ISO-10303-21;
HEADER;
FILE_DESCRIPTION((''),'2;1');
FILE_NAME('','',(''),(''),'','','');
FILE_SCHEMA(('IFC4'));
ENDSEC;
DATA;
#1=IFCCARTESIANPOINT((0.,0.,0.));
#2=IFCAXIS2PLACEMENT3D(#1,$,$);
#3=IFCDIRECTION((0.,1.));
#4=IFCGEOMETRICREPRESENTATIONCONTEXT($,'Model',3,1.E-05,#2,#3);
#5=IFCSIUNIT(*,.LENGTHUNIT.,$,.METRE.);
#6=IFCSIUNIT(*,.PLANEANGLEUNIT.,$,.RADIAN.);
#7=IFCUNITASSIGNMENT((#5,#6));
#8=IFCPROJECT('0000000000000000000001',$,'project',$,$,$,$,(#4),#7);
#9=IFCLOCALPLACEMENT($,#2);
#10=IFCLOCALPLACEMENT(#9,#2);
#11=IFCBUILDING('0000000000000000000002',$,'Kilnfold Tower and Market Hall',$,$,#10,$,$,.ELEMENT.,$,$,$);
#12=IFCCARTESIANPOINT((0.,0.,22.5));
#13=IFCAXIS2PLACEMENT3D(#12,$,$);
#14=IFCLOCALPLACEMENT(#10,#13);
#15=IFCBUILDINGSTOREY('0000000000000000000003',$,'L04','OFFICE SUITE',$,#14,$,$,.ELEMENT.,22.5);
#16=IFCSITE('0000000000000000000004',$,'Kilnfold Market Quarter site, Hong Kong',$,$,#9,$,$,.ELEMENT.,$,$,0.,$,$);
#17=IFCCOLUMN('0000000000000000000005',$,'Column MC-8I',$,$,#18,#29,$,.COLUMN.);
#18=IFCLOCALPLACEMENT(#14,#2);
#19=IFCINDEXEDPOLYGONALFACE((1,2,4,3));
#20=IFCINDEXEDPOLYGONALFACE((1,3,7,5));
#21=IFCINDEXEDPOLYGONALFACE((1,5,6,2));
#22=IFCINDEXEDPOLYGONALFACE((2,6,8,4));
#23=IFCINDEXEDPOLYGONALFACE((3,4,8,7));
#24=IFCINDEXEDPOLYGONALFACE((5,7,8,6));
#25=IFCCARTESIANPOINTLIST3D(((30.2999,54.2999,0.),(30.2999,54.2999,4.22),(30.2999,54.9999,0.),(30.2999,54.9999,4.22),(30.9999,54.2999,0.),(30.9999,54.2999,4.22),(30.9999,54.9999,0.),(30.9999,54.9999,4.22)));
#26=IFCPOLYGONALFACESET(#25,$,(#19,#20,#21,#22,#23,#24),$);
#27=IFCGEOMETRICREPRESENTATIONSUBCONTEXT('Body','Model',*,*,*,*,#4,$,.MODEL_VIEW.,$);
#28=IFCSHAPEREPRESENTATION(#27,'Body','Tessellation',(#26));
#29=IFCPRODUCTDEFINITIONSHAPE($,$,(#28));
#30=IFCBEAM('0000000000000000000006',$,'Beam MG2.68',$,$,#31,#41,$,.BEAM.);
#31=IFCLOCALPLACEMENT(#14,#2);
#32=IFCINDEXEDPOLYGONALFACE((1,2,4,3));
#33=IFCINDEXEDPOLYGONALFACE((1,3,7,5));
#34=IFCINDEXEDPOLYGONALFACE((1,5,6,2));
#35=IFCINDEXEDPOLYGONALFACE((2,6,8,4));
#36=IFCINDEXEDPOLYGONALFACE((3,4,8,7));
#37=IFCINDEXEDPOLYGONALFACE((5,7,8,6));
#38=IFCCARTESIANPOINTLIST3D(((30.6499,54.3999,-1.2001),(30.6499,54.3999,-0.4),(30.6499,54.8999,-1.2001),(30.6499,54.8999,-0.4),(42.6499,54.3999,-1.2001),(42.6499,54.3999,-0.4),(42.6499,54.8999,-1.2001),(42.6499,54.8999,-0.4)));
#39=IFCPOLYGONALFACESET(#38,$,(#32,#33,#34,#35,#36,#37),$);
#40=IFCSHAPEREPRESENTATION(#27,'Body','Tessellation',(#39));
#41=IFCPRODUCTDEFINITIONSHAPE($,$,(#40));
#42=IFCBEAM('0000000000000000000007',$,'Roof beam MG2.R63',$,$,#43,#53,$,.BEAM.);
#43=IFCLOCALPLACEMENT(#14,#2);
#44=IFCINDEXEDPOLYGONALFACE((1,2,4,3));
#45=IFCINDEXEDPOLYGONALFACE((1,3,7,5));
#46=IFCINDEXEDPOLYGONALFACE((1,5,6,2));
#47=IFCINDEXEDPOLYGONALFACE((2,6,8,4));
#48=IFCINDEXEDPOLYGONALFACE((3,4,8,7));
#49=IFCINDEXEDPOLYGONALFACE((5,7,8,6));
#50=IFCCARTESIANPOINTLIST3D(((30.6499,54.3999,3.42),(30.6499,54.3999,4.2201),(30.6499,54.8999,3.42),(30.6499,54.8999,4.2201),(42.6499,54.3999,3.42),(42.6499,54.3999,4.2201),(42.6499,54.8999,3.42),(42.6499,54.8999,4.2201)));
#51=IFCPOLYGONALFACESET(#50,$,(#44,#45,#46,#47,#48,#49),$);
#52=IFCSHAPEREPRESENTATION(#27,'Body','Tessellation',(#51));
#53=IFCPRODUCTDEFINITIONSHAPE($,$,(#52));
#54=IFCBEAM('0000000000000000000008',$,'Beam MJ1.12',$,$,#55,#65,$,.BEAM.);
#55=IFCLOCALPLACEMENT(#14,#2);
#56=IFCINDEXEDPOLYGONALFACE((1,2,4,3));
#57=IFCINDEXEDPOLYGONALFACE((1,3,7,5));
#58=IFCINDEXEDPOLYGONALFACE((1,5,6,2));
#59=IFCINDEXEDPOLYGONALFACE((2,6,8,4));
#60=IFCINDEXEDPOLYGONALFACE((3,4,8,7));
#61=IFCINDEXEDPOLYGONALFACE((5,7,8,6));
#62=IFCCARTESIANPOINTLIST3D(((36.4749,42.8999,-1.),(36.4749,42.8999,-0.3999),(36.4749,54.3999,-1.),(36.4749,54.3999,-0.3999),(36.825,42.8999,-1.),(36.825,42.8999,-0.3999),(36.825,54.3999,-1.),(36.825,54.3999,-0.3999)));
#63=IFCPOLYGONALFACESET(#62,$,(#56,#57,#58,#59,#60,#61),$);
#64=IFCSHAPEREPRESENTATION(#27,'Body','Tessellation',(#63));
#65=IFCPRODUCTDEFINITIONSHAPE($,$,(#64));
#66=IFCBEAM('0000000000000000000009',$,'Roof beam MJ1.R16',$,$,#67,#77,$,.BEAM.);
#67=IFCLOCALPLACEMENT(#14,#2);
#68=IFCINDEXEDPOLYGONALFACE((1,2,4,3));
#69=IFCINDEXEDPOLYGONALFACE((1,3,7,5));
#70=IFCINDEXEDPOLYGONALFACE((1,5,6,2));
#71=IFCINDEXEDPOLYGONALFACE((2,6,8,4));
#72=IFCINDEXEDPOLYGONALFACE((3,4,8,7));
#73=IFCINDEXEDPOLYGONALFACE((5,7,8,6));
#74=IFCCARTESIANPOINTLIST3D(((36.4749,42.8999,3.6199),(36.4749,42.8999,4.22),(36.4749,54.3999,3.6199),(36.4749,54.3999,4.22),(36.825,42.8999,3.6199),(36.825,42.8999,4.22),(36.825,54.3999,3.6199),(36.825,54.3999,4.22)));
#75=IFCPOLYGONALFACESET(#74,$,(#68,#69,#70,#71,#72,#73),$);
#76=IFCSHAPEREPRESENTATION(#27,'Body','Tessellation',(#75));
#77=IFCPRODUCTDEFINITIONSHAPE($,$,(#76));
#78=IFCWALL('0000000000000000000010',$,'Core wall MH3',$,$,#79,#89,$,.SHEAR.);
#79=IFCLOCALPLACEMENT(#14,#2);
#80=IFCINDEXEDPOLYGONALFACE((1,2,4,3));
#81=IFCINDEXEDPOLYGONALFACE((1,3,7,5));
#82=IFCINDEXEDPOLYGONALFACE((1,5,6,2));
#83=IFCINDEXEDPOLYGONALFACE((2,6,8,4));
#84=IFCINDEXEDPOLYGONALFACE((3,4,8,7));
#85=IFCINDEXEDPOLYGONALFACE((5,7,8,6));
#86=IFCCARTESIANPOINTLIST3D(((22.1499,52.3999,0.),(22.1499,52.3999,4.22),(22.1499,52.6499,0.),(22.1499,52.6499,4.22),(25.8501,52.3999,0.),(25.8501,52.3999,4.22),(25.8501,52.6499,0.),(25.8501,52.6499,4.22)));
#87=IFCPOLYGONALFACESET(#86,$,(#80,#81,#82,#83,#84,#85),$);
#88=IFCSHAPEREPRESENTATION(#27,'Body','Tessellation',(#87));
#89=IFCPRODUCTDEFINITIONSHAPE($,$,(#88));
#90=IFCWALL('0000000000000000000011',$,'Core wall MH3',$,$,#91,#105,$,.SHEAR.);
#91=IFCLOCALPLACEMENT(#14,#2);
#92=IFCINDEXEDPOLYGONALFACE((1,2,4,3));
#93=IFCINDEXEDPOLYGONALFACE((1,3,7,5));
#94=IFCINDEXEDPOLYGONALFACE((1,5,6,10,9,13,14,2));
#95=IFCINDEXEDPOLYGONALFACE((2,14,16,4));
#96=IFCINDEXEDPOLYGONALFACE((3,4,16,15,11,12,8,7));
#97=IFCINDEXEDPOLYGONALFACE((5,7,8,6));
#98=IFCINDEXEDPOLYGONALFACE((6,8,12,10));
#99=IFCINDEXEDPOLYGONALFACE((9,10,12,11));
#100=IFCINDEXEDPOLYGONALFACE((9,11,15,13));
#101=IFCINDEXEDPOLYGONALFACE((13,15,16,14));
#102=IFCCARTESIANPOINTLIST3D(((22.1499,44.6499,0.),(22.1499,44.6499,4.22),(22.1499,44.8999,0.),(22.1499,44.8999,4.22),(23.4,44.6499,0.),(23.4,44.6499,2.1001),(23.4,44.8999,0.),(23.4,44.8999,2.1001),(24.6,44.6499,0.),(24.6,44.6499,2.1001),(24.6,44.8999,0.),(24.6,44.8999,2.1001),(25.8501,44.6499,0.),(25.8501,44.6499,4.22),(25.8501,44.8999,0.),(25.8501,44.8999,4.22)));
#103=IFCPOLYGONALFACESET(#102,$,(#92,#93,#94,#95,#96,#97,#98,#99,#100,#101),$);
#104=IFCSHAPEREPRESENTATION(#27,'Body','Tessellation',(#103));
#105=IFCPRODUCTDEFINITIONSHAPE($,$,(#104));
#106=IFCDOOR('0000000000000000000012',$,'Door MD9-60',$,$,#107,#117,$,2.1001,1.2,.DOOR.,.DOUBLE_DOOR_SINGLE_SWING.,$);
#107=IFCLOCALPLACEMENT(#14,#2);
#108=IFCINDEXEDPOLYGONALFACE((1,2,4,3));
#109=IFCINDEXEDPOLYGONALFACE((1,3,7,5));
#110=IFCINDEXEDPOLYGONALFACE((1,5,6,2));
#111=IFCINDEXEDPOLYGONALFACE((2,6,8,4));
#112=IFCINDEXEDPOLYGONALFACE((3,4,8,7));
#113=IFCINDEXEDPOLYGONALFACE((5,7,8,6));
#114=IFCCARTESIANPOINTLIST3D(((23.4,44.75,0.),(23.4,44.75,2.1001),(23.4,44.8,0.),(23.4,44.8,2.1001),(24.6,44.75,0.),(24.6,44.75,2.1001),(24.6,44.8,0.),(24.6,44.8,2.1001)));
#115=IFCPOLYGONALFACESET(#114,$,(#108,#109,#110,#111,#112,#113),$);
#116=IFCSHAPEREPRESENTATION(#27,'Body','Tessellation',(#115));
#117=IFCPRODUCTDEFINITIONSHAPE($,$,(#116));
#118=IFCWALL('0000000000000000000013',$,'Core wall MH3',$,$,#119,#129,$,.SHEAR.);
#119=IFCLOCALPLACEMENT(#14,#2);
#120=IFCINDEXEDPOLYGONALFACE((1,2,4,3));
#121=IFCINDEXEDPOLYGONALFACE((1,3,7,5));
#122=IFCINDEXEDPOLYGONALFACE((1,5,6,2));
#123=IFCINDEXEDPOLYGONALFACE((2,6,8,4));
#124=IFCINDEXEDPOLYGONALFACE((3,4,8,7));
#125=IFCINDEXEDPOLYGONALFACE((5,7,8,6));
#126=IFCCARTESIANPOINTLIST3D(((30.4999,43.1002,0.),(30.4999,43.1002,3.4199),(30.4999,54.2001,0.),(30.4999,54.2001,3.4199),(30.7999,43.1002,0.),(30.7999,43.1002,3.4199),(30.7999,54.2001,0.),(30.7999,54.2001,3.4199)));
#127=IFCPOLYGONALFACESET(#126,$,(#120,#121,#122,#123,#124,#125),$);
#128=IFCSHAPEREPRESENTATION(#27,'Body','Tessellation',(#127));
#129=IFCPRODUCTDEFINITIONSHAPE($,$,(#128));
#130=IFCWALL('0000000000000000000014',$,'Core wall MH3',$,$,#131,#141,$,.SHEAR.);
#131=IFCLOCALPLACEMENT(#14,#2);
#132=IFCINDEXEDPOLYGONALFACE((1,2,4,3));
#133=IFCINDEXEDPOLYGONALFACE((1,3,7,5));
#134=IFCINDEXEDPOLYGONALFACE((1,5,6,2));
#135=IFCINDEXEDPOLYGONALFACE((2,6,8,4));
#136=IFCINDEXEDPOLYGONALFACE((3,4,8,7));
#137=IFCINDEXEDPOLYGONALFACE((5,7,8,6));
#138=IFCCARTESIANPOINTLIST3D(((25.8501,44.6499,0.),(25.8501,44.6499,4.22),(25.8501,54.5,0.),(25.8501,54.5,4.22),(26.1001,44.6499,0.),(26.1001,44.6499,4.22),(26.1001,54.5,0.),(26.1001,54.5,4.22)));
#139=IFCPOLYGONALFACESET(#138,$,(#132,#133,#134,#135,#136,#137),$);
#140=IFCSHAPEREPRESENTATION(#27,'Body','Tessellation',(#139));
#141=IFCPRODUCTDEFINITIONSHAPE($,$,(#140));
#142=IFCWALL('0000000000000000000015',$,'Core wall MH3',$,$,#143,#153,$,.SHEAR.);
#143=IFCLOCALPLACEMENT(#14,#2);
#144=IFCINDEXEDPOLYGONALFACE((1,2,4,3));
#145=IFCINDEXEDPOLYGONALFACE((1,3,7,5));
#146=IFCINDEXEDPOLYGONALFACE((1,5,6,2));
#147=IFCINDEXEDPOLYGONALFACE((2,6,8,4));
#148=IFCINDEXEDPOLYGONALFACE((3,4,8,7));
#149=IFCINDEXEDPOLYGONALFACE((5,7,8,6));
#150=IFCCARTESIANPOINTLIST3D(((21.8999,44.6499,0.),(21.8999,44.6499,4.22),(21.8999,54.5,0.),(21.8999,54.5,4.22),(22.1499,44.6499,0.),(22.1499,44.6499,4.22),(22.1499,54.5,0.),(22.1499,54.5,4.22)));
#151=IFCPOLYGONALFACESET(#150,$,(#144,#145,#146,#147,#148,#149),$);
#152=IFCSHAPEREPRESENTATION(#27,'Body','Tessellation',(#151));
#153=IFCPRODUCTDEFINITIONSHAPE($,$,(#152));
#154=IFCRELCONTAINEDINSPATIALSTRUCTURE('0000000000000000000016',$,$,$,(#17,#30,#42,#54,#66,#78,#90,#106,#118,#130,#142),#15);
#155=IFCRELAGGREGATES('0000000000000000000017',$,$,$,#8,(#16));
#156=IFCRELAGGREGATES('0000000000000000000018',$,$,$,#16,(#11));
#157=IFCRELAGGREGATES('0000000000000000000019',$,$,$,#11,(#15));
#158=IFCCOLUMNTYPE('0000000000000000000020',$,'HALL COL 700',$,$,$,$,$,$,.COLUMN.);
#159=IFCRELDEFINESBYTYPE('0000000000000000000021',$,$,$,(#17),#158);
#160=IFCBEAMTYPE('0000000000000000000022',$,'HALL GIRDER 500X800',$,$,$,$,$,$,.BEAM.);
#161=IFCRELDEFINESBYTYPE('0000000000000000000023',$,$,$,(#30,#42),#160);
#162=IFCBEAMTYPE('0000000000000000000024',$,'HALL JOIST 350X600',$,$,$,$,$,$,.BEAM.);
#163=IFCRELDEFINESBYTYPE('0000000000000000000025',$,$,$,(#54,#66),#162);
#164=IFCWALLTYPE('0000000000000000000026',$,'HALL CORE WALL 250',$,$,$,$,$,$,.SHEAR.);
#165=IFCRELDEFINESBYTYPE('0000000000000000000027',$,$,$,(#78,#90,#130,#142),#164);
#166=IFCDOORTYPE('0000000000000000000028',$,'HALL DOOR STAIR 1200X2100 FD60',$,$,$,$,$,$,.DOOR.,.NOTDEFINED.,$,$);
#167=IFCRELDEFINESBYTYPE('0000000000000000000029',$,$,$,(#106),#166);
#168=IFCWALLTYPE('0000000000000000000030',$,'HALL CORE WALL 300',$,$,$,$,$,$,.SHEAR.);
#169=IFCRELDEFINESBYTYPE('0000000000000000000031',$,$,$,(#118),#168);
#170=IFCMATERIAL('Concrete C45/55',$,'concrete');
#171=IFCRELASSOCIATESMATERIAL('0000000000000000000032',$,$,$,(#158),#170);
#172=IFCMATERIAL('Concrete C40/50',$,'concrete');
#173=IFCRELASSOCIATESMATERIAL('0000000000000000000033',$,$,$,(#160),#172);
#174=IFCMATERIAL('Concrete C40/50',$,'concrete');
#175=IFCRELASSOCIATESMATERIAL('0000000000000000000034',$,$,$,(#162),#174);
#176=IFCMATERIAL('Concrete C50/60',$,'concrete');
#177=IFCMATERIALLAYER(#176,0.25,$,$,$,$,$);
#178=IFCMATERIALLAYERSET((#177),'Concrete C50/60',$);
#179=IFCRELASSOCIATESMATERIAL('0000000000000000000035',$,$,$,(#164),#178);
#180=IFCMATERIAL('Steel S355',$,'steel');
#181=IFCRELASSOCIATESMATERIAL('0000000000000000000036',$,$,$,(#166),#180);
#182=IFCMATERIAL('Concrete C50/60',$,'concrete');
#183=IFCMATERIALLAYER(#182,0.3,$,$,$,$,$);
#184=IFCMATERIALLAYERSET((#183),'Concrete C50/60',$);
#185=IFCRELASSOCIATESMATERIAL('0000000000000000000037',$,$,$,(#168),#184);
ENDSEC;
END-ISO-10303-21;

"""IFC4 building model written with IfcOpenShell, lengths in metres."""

from ifc_helpers import new_model, si_unit, direction, frame, frame_2d, origin, origin_2d, place, context, subcontext, project, spatial, rectangle, extrude, source, transform, mapped, material, layer, layer_set, material_profile, profile_set, type_object, element, fill, save


model = new_model("IFC4")

# Units and contexts
model_context = context("Model", 3, precision=1e-05, world=origin(), true_north=direction((0.0, 1.0)))
body_context = subcontext(model_context, "Body", "Model", "MODEL_VIEW")
ifc_project = project(units=[si_unit("LENGTHUNIT", "METRE"), si_unit("PLANEANGLEUNIT", "RADIAN")], contexts=[model_context])

# Site, building, storey
site_placement = place(None, origin())
site = spatial("IfcSite", under=ifc_project, at=site_placement, Name="Kilnfold Market Quarter site, Hong Kong", CompositionType="ELEMENT", RefElevation=0.0)
building_placement = place(site_placement, origin())
building = spatial("IfcBuilding", under=site, at=building_placement, Name="Kilnfold Tower and Market Hall", CompositionType="ELEMENT")
storey_placement = place(building_placement, frame((0.0, 0.0, 22.5)))
storey = spatial("IfcBuildingStorey", under=building, at=storey_placement, Name="L04", Description="OFFICE SUITE", CompositionType="ELEMENT", Elevation=22.5)

# Column
ifc_material_1 = material(Name="Concrete C45/55", Category="concrete")
ifc_material_profile_1 = material_profile(ifc_material_1, rectangle(XDim=0.7, YDim=0.7, at=origin_2d()), Name="RC 700x700")
ifc_profile_set_1 = profile_set([ifc_material_profile_1], Name="Concrete C45/55")
column_type = type_object("IfcColumnType", Name="HALL COL 700", PredefinedType="COLUMN", material=ifc_profile_set_1)
shared_shape_1 = source(origin(), body_context, "Body", "SweptSolid", [
    extrude(rectangle(XDim=0.7, YDim=0.7, at=origin_2d()), origin(), (0.0, 0.0, 1.0), 4.22),
])
column_placement = place(storey_placement, frame((30.6499, 54.6499, 0.0), z_axis=(0.0, 0.0, 1.0), x_axis=(1.0, 0.0, 0.0)))
element("IfcColumn", 1, at=column_placement, inside=storey, type_object=column_type, Name="Column MC-8I", PredefinedType="COLUMN", context=body_context, shape_type="MappedRepresentation", body=[
    mapped(shared_shape_1, transform((0.0, 0.0, 0.0))),
])

# Beams
ifc_material_2 = material(Name="Concrete C40/50", Category="concrete")
ifc_material_profile_2 = material_profile(ifc_material_2, rectangle(XDim=0.5, YDim=0.8, at=origin_2d()), Name="RC 500x800")
ifc_profile_set_2 = profile_set([ifc_material_profile_2], Name="Concrete C40/50")
beam_type_1 = type_object("IfcBeamType", Name="HALL GIRDER 500X800", PredefinedType="BEAM", material=ifc_profile_set_2)
for number, where, z_axis, x_axis, name in (
    (2, (30.6499, 54.6499, -0.8), (1.0, 0.0, 0.0), (0.0, 1.0, 0.0), "Beam MG2.68"),
    (3, (30.6499, 54.6499, 3.8201), (1.0, 0.0, 0.0), (0.0, 1.0, 0.0), "Roof beam MG2.R63"),
):
    element("IfcBeam", number, at=place(storey_placement, frame(where, z_axis=z_axis, x_axis=x_axis)), inside=storey, type_object=beam_type_1, Name=name, PredefinedType="BEAM", context=body_context, shape_type="SweptSolid", body=[
        extrude(rectangle(XDim=0.5, YDim=0.8, at=origin_2d()), origin(), (0.0, 0.0, 1.0), 12.0),
    ])
ifc_material_3 = material(Name="Concrete C40/50", Category="concrete")
ifc_material_profile_3 = material_profile(ifc_material_3, rectangle(XDim=0.3501, YDim=0.6001, at=origin_2d()), Name="RC 350x600")
ifc_profile_set_3 = profile_set([ifc_material_profile_3], Name="Concrete C40/50")
beam_type_2 = type_object("IfcBeamType", Name="HALL JOIST 350X600", PredefinedType="BEAM", material=ifc_profile_set_3)
for number, where, z_axis, x_axis, name in (
    (4, (36.6499, 42.8999, -0.7), (0.0, 1.0, 0.0), (-1.0, 0.0, 0.0), "Beam MJ1.12"),
    (5, (36.6499, 42.8999, 3.9199), (0.0, 1.0, 0.0), (-1.0, 0.0, 0.0), "Roof beam MJ1.R16"),
):
    element("IfcBeam", number, at=place(storey_placement, frame(where, z_axis=z_axis, x_axis=x_axis)), inside=storey, type_object=beam_type_2, Name=name, PredefinedType="BEAM", context=body_context, shape_type="SweptSolid", body=[
        extrude(rectangle(XDim=0.3501, YDim=0.6001, at=origin_2d()), origin(), (0.0, 0.0, 1.0), 11.5),
    ])

# Wall
ifc_material_4 = material(Name="Concrete C50/60", Category="concrete")
ifc_layer_1 = layer(ifc_material_4, 0.25)
ifc_layer_set_1 = layer_set([ifc_layer_1], Name="Concrete C50/60")
wall_type_1 = type_object("IfcWallType", Name="HALL CORE WALL 250", PredefinedType="SHEAR", material=ifc_layer_set_1)
shared_shape_2 = source(origin(), body_context, "Body", "SweptSolid", [
    extrude(rectangle(XDim=3.7002, YDim=0.25, at=frame_2d((1.8501, 0.0))), origin(), (0.0, 0.0, 1.0), 4.22),
])
wall_1_placement = place(storey_placement, frame((25.8501, 52.5249, 0.0), z_axis=(0.0, 0.0, 1.0), x_axis=(-1.0, 0.0, 0.0)))
element("IfcWall", 6, at=wall_1_placement, inside=storey, type_object=wall_type_1, Name="Core wall MH3", PredefinedType="SHEAR", context=body_context, shape_type="MappedRepresentation", body=[
    mapped(shared_shape_2, transform((0.0, 0.0, 0.0))),
])

# Wall, opening, door
wall_2_placement = place(storey_placement, frame((25.8501, 44.7749, 0.0), z_axis=(0.0, 0.0, 1.0), x_axis=(-1.0, 0.0, 0.0)))
wall_2 = element("IfcWall", 7, at=wall_2_placement, inside=storey, type_object=wall_type_1, Name="Core wall MH3", PredefinedType="SHEAR", context=body_context, shape_type="MappedRepresentation", body=[
    mapped(shared_shape_2, transform((0.0, 0.0, 0.0))),
])
opening_1_placement = place(wall_2_placement, frame((1.25, 0.0, 0.0)))
opening_1 = element("IfcOpeningElement", 8, at=opening_1_placement, cuts=wall_2, PredefinedType="OPENING", context=body_context, shape_type="SweptSolid", body=[
    extrude(rectangle(XDim=1.2, YDim=2.1001, at=frame_2d((0.6001, 1.05))), frame((0.0, 0.135, 0.0), z_axis=(0.0, -1.0, 0.0), x_axis=(1.0, 0.0, 0.0)), (0.0, 0.0, 1.0), 0.27),
])
ifc_material_5 = material(Name="Steel S355", Category="steel")
door_type_1 = type_object("IfcDoorType", Name="HALL DOOR STAIR 1200X2100 FD60", OperationType="NOTDEFINED", PredefinedType="DOOR", material=ifc_material_5)
door_1_placement = place(opening_1_placement, origin())
door_1 = element("IfcDoor", 9, at=door_1_placement, inside=storey, type_object=door_type_1, Name="Door MD9-60", OperationType="DOUBLE_DOOR_SINGLE_SWING", OverallHeight=2.1001, OverallWidth=1.2, PredefinedType="DOOR", context=body_context, shape_type="SweptSolid", body=[
    extrude(rectangle(XDim=1.2, YDim=2.1001, at=frame_2d((0.6001, 1.05))), frame((0.0, 0.0249, 0.0), z_axis=(0.0, -1.0, 0.0), x_axis=(1.0, 0.0, 0.0)), (0.0, 0.0, 1.0), 0.05),
])
fill(opening_1, door_1)

# Walls
ifc_material_6 = material(Name="Concrete C50/60", Category="concrete")
ifc_layer_2 = layer(ifc_material_6, 0.3)
ifc_layer_set_2 = layer_set([ifc_layer_2], Name="Concrete C50/60")
wall_type_2 = type_object("IfcWallType", Name="HALL CORE WALL 300", PredefinedType="SHEAR", material=ifc_layer_set_2)
shared_shape_3 = source(origin(), body_context, "Body", "SweptSolid", [
    extrude(rectangle(XDim=11.0999, YDim=0.3, at=frame_2d((5.5498, 0.0))), origin(), (0.0, 0.0, 1.0), 3.4199),
])
wall_3_placement = place(storey_placement, frame((30.6499, 54.2, 0.0), z_axis=(0.0, 0.0, 1.0), x_axis=(0.0, -1.0, 0.0)))
element("IfcWall", 10, at=wall_3_placement, inside=storey, type_object=wall_type_2, Name="Core wall MH3", PredefinedType="SHEAR", context=body_context, shape_type="MappedRepresentation", body=[
    mapped(shared_shape_3, transform((0.0, 0.0, 0.0))),
])
shared_shape_4 = source(origin(), body_context, "Body", "SweptSolid", [
    extrude(rectangle(XDim=9.8501, YDim=0.25, at=frame_2d((4.925, 0.0))), origin(), (0.0, 0.0, 1.0), 4.22),
])
for number, where, z_axis, x_axis, name in (
    (11, (25.9751, 54.5, 0.0), (0.0, 0.0, 1.0), (0.0, -1.0, 0.0), "Core wall MH3"),
    (12, (22.0249, 54.5, 0.0), (0.0, 0.0, 1.0), (0.0, -1.0, 0.0), "Core wall MH3"),
):
    element("IfcWall", number, at=place(storey_placement, frame(where, z_axis=z_axis, x_axis=x_axis)), inside=storey, type_object=wall_type_1, Name=name, PredefinedType="SHEAR", context=body_context, shape_type="MappedRepresentation", body=[
        mapped(shared_shape_4, transform((0.0, 0.0, 0.0))),
    ])

save(model, "model.ifc")
